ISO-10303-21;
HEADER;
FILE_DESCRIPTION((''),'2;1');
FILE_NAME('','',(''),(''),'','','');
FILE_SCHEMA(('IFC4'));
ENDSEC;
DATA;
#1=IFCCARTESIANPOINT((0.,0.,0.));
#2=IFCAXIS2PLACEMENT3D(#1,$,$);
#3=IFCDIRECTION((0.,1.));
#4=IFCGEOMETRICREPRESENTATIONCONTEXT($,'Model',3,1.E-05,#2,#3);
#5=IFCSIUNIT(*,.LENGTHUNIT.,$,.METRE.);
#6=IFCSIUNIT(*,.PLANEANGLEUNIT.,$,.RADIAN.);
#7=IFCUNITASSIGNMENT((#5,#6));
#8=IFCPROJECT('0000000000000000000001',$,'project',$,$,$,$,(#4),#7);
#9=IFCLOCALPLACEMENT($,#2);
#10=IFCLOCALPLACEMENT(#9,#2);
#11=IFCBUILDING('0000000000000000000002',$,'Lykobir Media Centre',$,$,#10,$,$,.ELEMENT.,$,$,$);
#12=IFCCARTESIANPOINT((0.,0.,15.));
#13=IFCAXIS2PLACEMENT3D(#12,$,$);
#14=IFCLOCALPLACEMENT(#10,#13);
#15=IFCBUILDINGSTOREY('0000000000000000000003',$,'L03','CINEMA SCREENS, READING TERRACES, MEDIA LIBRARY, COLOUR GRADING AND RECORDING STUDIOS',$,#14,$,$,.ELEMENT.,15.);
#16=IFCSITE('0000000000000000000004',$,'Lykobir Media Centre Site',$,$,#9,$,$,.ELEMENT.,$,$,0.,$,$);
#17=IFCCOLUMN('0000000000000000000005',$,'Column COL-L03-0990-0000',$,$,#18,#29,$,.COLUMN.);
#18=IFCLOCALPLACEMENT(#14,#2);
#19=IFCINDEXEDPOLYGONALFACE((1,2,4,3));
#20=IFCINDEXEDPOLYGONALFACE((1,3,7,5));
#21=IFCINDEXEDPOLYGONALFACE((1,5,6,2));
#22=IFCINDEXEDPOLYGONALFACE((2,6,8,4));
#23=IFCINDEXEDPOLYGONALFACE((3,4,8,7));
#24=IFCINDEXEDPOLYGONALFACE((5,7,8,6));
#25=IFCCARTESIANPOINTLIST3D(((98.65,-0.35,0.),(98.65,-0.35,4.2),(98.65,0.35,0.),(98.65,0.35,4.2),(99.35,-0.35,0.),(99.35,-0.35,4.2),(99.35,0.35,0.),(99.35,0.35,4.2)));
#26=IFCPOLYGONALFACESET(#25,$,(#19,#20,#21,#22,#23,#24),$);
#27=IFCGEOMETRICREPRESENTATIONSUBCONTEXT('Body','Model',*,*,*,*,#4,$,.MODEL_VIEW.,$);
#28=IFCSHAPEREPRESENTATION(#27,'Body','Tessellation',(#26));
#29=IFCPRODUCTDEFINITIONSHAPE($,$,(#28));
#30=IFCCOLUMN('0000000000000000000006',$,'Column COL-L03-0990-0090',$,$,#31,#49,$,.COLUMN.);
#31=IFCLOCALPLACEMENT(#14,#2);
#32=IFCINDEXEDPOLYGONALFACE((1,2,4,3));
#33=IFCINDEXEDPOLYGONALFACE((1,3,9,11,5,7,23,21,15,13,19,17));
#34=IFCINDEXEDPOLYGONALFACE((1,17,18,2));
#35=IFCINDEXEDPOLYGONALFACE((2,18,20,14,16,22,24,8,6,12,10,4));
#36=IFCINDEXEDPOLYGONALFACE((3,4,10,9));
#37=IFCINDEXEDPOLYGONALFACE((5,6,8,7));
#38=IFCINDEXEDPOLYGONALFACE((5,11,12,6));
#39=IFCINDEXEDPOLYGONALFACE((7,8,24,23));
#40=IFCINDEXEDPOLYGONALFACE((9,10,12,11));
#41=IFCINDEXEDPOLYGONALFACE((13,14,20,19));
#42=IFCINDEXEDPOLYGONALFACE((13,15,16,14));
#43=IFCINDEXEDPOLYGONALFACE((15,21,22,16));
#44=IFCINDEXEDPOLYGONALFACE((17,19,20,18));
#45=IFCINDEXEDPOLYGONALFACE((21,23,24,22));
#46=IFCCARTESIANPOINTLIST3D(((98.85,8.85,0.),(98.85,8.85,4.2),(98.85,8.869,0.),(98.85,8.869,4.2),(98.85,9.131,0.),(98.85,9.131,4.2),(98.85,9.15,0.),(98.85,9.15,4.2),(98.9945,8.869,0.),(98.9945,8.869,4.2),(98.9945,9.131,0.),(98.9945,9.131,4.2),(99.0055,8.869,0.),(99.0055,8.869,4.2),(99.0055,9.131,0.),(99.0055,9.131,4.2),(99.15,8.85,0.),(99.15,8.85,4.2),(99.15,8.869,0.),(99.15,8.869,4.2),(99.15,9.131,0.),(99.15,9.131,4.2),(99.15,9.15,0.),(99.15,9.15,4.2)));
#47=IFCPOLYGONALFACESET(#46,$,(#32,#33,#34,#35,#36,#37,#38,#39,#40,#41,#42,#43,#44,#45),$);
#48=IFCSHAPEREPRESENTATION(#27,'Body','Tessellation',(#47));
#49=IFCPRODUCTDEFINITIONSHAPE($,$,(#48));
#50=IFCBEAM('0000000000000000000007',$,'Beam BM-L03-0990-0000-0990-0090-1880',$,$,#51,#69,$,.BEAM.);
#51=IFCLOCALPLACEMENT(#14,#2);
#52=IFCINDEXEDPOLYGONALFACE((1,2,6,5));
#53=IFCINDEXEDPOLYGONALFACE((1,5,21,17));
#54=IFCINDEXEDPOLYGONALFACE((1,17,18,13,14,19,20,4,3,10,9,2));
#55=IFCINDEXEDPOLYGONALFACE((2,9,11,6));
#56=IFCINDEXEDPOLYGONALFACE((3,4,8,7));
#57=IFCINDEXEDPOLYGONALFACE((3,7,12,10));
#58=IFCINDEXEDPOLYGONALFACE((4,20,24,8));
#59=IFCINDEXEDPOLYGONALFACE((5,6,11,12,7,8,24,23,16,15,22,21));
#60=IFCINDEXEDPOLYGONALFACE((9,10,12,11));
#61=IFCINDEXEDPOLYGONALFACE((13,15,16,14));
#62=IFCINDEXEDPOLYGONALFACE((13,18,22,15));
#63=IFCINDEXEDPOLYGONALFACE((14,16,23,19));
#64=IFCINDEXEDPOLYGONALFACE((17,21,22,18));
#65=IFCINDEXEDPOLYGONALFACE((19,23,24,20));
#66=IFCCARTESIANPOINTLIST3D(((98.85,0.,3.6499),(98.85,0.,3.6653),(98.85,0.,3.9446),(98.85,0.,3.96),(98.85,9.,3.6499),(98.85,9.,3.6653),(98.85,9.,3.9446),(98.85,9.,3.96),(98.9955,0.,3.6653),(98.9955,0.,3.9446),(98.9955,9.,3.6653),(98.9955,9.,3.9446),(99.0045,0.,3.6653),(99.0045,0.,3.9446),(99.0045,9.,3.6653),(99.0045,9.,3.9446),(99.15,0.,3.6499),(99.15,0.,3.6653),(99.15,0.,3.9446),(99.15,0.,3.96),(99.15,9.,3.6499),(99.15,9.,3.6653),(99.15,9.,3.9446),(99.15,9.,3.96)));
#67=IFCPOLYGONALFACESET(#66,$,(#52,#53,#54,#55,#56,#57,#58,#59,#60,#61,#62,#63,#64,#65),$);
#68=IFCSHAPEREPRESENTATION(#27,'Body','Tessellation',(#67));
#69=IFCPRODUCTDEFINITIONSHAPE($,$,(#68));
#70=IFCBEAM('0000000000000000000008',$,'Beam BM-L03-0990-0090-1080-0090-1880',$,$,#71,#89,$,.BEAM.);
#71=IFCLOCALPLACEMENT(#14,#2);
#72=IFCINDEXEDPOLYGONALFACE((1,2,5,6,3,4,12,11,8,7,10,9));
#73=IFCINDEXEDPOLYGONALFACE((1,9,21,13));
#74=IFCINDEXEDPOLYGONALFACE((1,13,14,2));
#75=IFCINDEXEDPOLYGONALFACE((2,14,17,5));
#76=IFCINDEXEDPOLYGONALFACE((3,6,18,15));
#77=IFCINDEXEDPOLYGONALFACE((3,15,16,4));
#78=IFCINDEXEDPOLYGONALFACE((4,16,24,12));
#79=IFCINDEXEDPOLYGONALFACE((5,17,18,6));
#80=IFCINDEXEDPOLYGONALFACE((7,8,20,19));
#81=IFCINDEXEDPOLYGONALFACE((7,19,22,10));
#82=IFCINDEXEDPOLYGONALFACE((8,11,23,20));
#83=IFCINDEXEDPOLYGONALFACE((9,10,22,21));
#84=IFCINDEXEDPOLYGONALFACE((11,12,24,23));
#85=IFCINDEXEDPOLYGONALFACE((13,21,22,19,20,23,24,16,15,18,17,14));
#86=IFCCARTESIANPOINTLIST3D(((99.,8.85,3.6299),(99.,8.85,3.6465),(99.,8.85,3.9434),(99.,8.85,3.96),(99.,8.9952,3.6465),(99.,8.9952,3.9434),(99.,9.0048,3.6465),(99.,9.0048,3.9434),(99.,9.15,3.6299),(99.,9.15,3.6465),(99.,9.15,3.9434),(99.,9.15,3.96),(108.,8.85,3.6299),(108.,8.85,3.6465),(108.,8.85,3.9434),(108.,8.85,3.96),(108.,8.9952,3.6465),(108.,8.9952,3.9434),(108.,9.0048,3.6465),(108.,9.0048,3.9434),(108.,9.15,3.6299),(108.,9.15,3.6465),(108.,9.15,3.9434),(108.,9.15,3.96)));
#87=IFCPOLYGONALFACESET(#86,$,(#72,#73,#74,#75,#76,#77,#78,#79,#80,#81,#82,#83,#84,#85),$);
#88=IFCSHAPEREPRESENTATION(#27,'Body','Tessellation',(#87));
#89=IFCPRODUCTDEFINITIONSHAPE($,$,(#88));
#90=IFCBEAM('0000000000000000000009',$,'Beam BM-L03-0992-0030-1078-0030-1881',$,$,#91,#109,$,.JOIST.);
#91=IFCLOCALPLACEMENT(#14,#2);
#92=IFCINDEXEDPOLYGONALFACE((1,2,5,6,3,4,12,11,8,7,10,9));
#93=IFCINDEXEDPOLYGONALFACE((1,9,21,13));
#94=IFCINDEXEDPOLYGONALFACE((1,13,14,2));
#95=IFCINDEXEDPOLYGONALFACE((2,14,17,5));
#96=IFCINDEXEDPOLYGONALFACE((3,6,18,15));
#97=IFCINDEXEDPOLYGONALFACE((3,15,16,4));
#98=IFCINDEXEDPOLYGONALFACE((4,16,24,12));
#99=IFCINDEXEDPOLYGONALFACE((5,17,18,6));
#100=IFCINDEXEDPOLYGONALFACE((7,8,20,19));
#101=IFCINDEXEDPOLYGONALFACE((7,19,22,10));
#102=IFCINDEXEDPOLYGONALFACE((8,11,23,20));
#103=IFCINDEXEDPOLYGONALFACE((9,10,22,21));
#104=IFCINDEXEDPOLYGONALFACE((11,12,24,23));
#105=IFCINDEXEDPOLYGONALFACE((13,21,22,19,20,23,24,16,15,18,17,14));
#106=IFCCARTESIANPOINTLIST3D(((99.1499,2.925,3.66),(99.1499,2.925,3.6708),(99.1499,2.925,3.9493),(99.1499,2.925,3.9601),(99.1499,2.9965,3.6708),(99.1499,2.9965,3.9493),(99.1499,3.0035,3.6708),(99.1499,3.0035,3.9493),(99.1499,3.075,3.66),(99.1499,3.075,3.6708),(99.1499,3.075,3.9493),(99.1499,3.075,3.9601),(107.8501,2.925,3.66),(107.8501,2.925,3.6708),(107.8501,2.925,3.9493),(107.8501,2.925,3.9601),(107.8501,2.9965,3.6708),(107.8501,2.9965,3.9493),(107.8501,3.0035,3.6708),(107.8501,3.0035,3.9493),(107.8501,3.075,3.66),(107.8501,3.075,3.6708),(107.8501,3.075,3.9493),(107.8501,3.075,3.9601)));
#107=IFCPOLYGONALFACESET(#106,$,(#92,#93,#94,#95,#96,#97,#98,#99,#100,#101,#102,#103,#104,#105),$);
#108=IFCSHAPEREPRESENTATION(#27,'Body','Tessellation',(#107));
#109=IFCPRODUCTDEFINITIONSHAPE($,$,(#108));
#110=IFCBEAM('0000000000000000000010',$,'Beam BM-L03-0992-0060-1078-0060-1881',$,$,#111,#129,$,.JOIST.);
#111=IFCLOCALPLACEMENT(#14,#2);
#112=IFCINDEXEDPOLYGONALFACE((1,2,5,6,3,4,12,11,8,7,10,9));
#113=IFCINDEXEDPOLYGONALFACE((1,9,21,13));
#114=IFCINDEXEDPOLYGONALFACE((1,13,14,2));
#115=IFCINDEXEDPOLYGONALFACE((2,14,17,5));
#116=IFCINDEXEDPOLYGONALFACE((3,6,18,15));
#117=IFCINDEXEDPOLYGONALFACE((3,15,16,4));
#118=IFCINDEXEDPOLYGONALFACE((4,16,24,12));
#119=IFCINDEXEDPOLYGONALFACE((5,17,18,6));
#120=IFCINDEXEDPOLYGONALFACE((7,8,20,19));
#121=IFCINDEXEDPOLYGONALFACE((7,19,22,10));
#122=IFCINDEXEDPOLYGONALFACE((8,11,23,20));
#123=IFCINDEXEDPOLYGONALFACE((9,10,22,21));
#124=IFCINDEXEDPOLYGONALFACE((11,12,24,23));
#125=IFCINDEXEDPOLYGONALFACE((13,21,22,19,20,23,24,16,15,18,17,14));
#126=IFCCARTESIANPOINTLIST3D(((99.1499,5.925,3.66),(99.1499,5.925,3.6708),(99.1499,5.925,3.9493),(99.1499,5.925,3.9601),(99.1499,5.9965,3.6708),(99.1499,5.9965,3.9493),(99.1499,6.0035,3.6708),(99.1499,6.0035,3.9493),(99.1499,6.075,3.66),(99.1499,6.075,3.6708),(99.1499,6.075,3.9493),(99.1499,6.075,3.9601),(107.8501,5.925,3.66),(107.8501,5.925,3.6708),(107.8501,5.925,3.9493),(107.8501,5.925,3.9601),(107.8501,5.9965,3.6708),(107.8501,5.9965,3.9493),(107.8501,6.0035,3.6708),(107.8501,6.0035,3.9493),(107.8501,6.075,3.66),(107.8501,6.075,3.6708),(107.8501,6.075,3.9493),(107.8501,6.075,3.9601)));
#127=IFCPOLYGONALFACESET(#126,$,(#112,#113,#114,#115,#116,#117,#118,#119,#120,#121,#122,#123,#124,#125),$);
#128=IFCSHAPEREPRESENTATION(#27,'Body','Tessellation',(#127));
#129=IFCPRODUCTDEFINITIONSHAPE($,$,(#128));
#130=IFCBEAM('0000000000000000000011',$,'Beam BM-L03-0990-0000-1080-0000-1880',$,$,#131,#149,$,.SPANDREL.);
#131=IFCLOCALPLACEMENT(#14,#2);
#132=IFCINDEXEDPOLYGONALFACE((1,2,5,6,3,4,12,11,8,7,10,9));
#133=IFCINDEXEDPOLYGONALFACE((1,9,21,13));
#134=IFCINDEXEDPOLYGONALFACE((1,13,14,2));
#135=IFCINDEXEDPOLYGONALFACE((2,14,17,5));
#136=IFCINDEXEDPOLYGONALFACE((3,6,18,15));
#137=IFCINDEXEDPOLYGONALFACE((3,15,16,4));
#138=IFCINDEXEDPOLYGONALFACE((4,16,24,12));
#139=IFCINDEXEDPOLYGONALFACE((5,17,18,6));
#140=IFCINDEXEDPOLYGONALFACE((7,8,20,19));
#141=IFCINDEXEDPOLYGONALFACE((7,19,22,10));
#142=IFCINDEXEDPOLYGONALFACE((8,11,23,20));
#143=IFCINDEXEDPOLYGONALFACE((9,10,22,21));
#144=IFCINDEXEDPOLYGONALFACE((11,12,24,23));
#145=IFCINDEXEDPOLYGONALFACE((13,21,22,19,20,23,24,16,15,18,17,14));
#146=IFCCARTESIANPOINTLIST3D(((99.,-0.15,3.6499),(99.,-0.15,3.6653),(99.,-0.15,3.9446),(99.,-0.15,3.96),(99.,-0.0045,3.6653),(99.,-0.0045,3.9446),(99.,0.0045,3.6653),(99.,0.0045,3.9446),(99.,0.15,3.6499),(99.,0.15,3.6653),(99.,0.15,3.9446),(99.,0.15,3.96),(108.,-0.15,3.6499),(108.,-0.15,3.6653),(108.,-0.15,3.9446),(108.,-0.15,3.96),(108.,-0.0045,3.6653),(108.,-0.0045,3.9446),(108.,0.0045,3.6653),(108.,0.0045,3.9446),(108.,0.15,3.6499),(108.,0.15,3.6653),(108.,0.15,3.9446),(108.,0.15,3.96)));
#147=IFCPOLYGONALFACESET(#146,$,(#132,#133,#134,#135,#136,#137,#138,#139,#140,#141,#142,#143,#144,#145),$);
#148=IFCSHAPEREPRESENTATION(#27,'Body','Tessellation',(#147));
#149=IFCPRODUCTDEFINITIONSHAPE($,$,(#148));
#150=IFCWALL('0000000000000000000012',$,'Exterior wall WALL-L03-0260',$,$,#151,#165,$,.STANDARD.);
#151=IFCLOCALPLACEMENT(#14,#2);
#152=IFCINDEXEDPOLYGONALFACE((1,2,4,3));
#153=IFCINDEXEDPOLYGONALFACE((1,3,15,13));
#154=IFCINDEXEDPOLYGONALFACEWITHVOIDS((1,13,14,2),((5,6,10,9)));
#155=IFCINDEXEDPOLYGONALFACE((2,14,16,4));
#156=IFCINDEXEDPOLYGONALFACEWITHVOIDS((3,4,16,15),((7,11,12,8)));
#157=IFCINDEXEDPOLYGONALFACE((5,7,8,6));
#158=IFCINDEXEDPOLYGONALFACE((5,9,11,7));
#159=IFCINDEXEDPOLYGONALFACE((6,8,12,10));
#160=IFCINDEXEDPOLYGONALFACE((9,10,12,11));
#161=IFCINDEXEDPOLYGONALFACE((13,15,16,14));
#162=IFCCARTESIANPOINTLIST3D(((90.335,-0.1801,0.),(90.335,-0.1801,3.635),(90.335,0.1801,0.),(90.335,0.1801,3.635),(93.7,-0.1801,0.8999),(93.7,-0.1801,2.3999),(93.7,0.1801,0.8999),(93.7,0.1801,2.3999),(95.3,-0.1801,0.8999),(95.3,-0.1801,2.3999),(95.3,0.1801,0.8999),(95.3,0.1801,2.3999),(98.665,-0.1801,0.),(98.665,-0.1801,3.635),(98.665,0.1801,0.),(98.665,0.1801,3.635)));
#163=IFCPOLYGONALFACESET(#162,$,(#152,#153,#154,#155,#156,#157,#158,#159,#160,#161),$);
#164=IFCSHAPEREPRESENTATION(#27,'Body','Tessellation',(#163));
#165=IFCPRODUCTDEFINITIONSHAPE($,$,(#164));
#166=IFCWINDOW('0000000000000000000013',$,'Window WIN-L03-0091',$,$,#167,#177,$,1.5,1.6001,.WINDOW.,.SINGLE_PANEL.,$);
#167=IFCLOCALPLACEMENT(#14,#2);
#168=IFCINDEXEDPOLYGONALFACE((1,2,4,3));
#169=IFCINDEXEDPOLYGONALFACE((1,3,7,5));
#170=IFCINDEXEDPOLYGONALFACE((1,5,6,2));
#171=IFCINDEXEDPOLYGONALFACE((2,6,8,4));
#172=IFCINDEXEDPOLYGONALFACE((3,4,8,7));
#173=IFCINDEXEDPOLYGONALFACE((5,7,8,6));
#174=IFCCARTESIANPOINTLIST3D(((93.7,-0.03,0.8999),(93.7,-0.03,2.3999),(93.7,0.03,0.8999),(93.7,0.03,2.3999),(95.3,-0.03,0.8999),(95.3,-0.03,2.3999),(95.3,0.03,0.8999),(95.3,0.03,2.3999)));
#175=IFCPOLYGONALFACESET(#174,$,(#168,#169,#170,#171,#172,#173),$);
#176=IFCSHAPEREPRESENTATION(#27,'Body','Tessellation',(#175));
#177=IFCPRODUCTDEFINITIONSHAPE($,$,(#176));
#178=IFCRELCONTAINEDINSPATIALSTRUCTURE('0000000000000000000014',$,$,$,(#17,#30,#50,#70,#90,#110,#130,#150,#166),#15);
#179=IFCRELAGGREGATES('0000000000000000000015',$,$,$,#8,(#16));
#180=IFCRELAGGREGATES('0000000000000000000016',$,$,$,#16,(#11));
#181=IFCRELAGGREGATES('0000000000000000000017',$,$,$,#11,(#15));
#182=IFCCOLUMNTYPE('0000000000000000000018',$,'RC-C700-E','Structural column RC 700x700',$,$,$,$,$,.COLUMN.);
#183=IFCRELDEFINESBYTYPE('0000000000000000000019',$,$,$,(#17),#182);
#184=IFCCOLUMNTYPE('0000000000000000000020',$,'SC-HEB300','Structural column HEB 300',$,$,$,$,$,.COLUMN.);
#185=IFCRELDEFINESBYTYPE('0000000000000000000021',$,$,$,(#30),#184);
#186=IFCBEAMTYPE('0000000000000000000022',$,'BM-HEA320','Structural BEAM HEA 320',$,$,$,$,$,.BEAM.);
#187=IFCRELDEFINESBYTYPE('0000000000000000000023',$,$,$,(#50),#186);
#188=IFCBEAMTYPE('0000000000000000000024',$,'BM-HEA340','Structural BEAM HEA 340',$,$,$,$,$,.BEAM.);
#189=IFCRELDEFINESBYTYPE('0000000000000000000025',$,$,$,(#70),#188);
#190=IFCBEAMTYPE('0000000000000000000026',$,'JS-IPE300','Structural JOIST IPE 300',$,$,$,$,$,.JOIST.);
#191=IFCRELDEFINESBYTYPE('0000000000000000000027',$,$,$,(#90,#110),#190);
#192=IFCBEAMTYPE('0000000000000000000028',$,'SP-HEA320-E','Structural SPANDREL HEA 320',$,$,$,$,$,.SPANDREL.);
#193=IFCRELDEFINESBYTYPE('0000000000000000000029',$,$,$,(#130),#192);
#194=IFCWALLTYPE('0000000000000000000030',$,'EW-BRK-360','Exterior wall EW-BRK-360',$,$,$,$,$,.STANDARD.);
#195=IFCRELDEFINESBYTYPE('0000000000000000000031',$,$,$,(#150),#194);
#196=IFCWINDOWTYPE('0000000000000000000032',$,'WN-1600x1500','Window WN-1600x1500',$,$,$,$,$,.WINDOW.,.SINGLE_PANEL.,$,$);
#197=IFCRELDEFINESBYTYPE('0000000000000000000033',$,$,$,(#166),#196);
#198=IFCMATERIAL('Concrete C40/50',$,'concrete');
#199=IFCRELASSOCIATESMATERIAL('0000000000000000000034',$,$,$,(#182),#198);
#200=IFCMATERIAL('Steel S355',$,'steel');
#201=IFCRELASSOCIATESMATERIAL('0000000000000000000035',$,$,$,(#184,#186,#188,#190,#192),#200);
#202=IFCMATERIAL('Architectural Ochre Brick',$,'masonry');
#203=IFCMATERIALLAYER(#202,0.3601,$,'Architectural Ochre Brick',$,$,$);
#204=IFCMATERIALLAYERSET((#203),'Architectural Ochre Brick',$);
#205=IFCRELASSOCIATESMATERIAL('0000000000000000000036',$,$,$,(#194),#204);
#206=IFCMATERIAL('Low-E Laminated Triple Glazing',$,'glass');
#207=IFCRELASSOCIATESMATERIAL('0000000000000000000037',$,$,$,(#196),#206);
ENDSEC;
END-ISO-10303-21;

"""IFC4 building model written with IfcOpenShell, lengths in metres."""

from ifc_helpers import new_model, si_unit, direction, frame, frame_2d, origin, origin_2d, place, context, subcontext, project, spatial, rectangle, i_section, extrude, material, layer, layer_set, material_profile, profile_set, type_object, element, fill, save


model = new_model("IFC4")

# Units and contexts
model_context = context("Model", 3, precision=1e-05, world=origin(), true_north=direction((0.0, 1.0)))
body_context = subcontext(model_context, "Body", "Model", "MODEL_VIEW")
ifc_project = project(units=[si_unit("LENGTHUNIT", "METRE"), si_unit("PLANEANGLEUNIT", "RADIAN")], contexts=[model_context])

# Site, building, storey
site_placement = place(None, origin())
site = spatial("IfcSite", under=ifc_project, at=site_placement, Name="Lykobir Media Centre Site", CompositionType="ELEMENT", RefElevation=0.0)
building_placement = place(site_placement, origin())
building = spatial("IfcBuilding", under=site, at=building_placement, Name="Lykobir Media Centre", CompositionType="ELEMENT")
storey_placement = place(building_placement, frame((0.0, 0.0, 15.0)))
storey = spatial("IfcBuildingStorey", under=building, at=storey_placement, Name="L03", Description="CINEMA SCREENS, READING TERRACES, MEDIA LIBRARY, COLOUR GRADING AND RECORDING STUDIOS", CompositionType="ELEMENT", Elevation=15.0)

# Columns
ifc_material_1 = material(Name="Concrete C40/50", Category="concrete")
ifc_material_profile_1 = material_profile(ifc_material_1, rectangle(XDim=0.7, YDim=0.7, at=origin_2d()), Name="RC 700x700")
ifc_profile_set_1 = profile_set([ifc_material_profile_1], Name="Concrete C40/50")
column_type_1 = type_object("IfcColumnType", Name="RC-C700-E", Description="Structural column RC 700x700", PredefinedType="COLUMN", material=ifc_profile_set_1)
column_1_placement = place(storey_placement, frame((99.0, 0.0, 0.0), z_axis=(0.0, 0.0, 1.0), x_axis=(1.0, 0.0, 0.0)))
element("IfcColumn", 1, at=column_1_placement, inside=storey, type_object=column_type_1, Name="Column COL-L03-0990-0000", PredefinedType="COLUMN", context=body_context, shape_type="SweptSolid", body=[
    extrude(rectangle(XDim=0.7, YDim=0.7, at=origin_2d()), origin(), (0.0, 0.0, 1.0), 4.2),
])
ifc_material_2 = material(Name="Steel S355", Category="steel")
ifc_material_profile_2 = material_profile(ifc_material_2, i_section(OverallWidth=0.3, OverallDepth=0.3, WebThickness=0.011, FlangeThickness=0.019, at=origin_2d()), Name="HEB 300")
ifc_profile_set_2 = profile_set([ifc_material_profile_2], Name="Steel S355")
column_type_2 = type_object("IfcColumnType", Name="SC-HEB300", Description="Structural column HEB 300", PredefinedType="COLUMN", material=ifc_profile_set_2)
column_2_placement = place(storey_placement, frame((99.0, 9.0, 0.0), z_axis=(0.0, 0.0, 1.0), x_axis=(1.0, 0.0, 0.0)))
element("IfcColumn", 2, at=column_2_placement, inside=storey, type_object=column_type_2, Name="Column COL-L03-0990-0090", PredefinedType="COLUMN", context=body_context, shape_type="SweptSolid", body=[
    extrude(i_section(OverallWidth=0.3, OverallDepth=0.3, WebThickness=0.011, FlangeThickness=0.019, at=origin_2d()), origin(), (0.0, 0.0, 1.0), 4.2),
])

# Beams
ifc_material_profile_3 = material_profile(ifc_material_2, i_section(OverallWidth=0.3, OverallDepth=0.3101, WebThickness=0.009, FlangeThickness=0.0154, at=origin_2d()), Name="HEA 320")
ifc_profile_set_3 = profile_set([ifc_material_profile_3], Name="Steel S355")
beam_type_1 = type_object("IfcBeamType", Name="BM-HEA320", Description="Structural BEAM HEA 320", PredefinedType="BEAM", material=ifc_profile_set_3)
beam_1_placement = place(storey_placement, frame((99.0, 0.0, 3.8049), z_axis=(0.0, 1.0, 0.0), x_axis=(-1.0, 0.0, 0.0)))
element("IfcBeam", 3, at=beam_1_placement, inside=storey, type_object=beam_type_1, Name="Beam BM-L03-0990-0000-0990-0090-1880", PredefinedType="BEAM", context=body_context, shape_type="SweptSolid", body=[
    extrude(i_section(OverallWidth=0.3, OverallDepth=0.3101, WebThickness=0.009, FlangeThickness=0.0154, at=origin_2d()), origin(), (0.0, 0.0, 1.0), 9.0),
])
ifc_material_profile_4 = material_profile(ifc_material_2, i_section(OverallWidth=0.3, OverallDepth=0.3301, WebThickness=0.0095, FlangeThickness=0.0166, at=origin_2d()), Name="HEA 340")
ifc_profile_set_4 = profile_set([ifc_material_profile_4], Name="Steel S355")
beam_type_2 = type_object("IfcBeamType", Name="BM-HEA340", Description="Structural BEAM HEA 340", PredefinedType="BEAM", material=ifc_profile_set_4)
beam_2_placement = place(storey_placement, frame((99.0, 9.0, 3.7949), z_axis=(1.0, 0.0, 0.0), x_axis=(0.0, 1.0, 0.0)))
element("IfcBeam", 4, at=beam_2_placement, inside=storey, type_object=beam_type_2, Name="Beam BM-L03-0990-0090-1080-0090-1880", PredefinedType="BEAM", context=body_context, shape_type="SweptSolid", body=[
    extrude(i_section(OverallWidth=0.3, OverallDepth=0.3301, WebThickness=0.0095, FlangeThickness=0.0166, at=origin_2d()), origin(), (0.0, 0.0, 1.0), 9.0),
])
ifc_material_profile_5 = material_profile(ifc_material_2, i_section(OverallWidth=0.1499, OverallDepth=0.3, WebThickness=0.0071, FlangeThickness=0.0107, at=origin_2d()), Name="IPE 300")
ifc_profile_set_5 = profile_set([ifc_material_profile_5], Name="Steel S355")
beam_type_3 = type_object("IfcBeamType", Name="JS-IPE300", Description="Structural JOIST IPE 300", PredefinedType="JOIST", material=ifc_profile_set_5)
for number, where, z_axis, x_axis, name in (
    (5, (99.1499, 3.0, 3.8101), (1.0, 0.0, 0.0), (0.0, 1.0, 0.0), "Beam BM-L03-0992-0030-1078-0030-1881"),
    (6, (99.1499, 6.0, 3.8101), (1.0, 0.0, 0.0), (0.0, 1.0, 0.0), "Beam BM-L03-0992-0060-1078-0060-1881"),
):
    element("IfcBeam", number, at=place(storey_placement, frame(where, z_axis=z_axis, x_axis=x_axis)), inside=storey, type_object=beam_type_3, Name=name, PredefinedType="JOIST", context=body_context, shape_type="SweptSolid", body=[
        extrude(i_section(OverallWidth=0.1499, OverallDepth=0.3, WebThickness=0.0071, FlangeThickness=0.0107, at=origin_2d()), origin(), (0.0, 0.0, 1.0), 8.7002),
    ])
ifc_material_profile_6 = material_profile(ifc_material_2, i_section(OverallWidth=0.3, OverallDepth=0.3101, WebThickness=0.009, FlangeThickness=0.0154, at=origin_2d()), Name="HEA 320")
ifc_profile_set_6 = profile_set([ifc_material_profile_6], Name="Steel S355")
beam_type_4 = type_object("IfcBeamType", Name="SP-HEA320-E", Description="Structural SPANDREL HEA 320", PredefinedType="SPANDREL", material=ifc_profile_set_6)
beam_3_placement = place(storey_placement, frame((99.0, 0.0, 3.8049), z_axis=(1.0, 0.0, 0.0), x_axis=(0.0, 1.0, 0.0)))
element("IfcBeam", 7, at=beam_3_placement, inside=storey, type_object=beam_type_4, Name="Beam BM-L03-0990-0000-1080-0000-1880", PredefinedType="SPANDREL", context=body_context, shape_type="SweptSolid", body=[
    extrude(i_section(OverallWidth=0.3, OverallDepth=0.3101, WebThickness=0.009, FlangeThickness=0.0154, at=origin_2d()), origin(), (0.0, 0.0, 1.0), 9.0),
])

# Wall, opening, window
ifc_material_3 = material(Name="Architectural Ochre Brick", Category="masonry")
ifc_layer_1 = layer(ifc_material_3, 0.3601, Name="Architectural Ochre Brick")
ifc_layer_set_1 = layer_set([ifc_layer_1], Name="Architectural Ochre Brick")
wall_type = type_object("IfcWallType", Name="EW-BRK-360", Description="Exterior wall EW-BRK-360", PredefinedType="STANDARD", material=ifc_layer_set_1)
wall_1_placement = place(storey_placement, frame((90.335, 0.0, 0.0), z_axis=(0.0, 0.0, 1.0), x_axis=(1.0, 0.0, 0.0)))
wall_1 = element("IfcWall", 8, at=wall_1_placement, inside=storey, type_object=wall_type, Name="Exterior wall WALL-L03-0260", PredefinedType="STANDARD", context=body_context, shape_type="SweptSolid", body=[
    extrude(rectangle(XDim=8.3301, YDim=0.3601, at=frame_2d((4.165, 0.0))), origin(), (0.0, 0.0, 1.0), 3.635),
])
opening_1_placement = place(wall_1_placement, frame((3.365, 0.0, 0.8999)))
opening_1 = element("IfcOpeningElement", 9, at=opening_1_placement, cuts=wall_1, PredefinedType="OPENING", context=body_context, shape_type="SweptSolid", body=[
    extrude(rectangle(XDim=1.6001, YDim=1.5, at=frame_2d((0.8, 0.75))), frame((0.0, 0.1899, 0.0), z_axis=(0.0, -1.0, 0.0), x_axis=(1.0, 0.0, 0.0)), (0.0, 0.0, 1.0), 0.3801),
])
ifc_material_4 = material(Name="Low-E Laminated Triple Glazing", Category="glass")
window_type_1 = type_object("IfcWindowType", Name="WN-1600x1500", Description="Window WN-1600x1500", PartitioningType="SINGLE_PANEL", PredefinedType="WINDOW", material=ifc_material_4)
window_1_placement = place(opening_1_placement, origin())
window_1 = element("IfcWindow", 10, at=window_1_placement, inside=storey, type_object=window_type_1, Name="Window WIN-L03-0091", OverallHeight=1.5, OverallWidth=1.6001, PartitioningType="SINGLE_PANEL", PredefinedType="WINDOW", context=body_context, shape_type="SweptSolid", body=[
    extrude(rectangle(XDim=1.6001, YDim=1.5, at=frame_2d((0.8, 0.75))), frame((0.0, 0.03, 0.0), z_axis=(0.0, -1.0, 0.0), x_axis=(1.0, 0.0, 0.0)), (0.0, 0.0, 1.0), 0.0601),
])
fill(opening_1, window_1)

save(model, "model.ifc")
